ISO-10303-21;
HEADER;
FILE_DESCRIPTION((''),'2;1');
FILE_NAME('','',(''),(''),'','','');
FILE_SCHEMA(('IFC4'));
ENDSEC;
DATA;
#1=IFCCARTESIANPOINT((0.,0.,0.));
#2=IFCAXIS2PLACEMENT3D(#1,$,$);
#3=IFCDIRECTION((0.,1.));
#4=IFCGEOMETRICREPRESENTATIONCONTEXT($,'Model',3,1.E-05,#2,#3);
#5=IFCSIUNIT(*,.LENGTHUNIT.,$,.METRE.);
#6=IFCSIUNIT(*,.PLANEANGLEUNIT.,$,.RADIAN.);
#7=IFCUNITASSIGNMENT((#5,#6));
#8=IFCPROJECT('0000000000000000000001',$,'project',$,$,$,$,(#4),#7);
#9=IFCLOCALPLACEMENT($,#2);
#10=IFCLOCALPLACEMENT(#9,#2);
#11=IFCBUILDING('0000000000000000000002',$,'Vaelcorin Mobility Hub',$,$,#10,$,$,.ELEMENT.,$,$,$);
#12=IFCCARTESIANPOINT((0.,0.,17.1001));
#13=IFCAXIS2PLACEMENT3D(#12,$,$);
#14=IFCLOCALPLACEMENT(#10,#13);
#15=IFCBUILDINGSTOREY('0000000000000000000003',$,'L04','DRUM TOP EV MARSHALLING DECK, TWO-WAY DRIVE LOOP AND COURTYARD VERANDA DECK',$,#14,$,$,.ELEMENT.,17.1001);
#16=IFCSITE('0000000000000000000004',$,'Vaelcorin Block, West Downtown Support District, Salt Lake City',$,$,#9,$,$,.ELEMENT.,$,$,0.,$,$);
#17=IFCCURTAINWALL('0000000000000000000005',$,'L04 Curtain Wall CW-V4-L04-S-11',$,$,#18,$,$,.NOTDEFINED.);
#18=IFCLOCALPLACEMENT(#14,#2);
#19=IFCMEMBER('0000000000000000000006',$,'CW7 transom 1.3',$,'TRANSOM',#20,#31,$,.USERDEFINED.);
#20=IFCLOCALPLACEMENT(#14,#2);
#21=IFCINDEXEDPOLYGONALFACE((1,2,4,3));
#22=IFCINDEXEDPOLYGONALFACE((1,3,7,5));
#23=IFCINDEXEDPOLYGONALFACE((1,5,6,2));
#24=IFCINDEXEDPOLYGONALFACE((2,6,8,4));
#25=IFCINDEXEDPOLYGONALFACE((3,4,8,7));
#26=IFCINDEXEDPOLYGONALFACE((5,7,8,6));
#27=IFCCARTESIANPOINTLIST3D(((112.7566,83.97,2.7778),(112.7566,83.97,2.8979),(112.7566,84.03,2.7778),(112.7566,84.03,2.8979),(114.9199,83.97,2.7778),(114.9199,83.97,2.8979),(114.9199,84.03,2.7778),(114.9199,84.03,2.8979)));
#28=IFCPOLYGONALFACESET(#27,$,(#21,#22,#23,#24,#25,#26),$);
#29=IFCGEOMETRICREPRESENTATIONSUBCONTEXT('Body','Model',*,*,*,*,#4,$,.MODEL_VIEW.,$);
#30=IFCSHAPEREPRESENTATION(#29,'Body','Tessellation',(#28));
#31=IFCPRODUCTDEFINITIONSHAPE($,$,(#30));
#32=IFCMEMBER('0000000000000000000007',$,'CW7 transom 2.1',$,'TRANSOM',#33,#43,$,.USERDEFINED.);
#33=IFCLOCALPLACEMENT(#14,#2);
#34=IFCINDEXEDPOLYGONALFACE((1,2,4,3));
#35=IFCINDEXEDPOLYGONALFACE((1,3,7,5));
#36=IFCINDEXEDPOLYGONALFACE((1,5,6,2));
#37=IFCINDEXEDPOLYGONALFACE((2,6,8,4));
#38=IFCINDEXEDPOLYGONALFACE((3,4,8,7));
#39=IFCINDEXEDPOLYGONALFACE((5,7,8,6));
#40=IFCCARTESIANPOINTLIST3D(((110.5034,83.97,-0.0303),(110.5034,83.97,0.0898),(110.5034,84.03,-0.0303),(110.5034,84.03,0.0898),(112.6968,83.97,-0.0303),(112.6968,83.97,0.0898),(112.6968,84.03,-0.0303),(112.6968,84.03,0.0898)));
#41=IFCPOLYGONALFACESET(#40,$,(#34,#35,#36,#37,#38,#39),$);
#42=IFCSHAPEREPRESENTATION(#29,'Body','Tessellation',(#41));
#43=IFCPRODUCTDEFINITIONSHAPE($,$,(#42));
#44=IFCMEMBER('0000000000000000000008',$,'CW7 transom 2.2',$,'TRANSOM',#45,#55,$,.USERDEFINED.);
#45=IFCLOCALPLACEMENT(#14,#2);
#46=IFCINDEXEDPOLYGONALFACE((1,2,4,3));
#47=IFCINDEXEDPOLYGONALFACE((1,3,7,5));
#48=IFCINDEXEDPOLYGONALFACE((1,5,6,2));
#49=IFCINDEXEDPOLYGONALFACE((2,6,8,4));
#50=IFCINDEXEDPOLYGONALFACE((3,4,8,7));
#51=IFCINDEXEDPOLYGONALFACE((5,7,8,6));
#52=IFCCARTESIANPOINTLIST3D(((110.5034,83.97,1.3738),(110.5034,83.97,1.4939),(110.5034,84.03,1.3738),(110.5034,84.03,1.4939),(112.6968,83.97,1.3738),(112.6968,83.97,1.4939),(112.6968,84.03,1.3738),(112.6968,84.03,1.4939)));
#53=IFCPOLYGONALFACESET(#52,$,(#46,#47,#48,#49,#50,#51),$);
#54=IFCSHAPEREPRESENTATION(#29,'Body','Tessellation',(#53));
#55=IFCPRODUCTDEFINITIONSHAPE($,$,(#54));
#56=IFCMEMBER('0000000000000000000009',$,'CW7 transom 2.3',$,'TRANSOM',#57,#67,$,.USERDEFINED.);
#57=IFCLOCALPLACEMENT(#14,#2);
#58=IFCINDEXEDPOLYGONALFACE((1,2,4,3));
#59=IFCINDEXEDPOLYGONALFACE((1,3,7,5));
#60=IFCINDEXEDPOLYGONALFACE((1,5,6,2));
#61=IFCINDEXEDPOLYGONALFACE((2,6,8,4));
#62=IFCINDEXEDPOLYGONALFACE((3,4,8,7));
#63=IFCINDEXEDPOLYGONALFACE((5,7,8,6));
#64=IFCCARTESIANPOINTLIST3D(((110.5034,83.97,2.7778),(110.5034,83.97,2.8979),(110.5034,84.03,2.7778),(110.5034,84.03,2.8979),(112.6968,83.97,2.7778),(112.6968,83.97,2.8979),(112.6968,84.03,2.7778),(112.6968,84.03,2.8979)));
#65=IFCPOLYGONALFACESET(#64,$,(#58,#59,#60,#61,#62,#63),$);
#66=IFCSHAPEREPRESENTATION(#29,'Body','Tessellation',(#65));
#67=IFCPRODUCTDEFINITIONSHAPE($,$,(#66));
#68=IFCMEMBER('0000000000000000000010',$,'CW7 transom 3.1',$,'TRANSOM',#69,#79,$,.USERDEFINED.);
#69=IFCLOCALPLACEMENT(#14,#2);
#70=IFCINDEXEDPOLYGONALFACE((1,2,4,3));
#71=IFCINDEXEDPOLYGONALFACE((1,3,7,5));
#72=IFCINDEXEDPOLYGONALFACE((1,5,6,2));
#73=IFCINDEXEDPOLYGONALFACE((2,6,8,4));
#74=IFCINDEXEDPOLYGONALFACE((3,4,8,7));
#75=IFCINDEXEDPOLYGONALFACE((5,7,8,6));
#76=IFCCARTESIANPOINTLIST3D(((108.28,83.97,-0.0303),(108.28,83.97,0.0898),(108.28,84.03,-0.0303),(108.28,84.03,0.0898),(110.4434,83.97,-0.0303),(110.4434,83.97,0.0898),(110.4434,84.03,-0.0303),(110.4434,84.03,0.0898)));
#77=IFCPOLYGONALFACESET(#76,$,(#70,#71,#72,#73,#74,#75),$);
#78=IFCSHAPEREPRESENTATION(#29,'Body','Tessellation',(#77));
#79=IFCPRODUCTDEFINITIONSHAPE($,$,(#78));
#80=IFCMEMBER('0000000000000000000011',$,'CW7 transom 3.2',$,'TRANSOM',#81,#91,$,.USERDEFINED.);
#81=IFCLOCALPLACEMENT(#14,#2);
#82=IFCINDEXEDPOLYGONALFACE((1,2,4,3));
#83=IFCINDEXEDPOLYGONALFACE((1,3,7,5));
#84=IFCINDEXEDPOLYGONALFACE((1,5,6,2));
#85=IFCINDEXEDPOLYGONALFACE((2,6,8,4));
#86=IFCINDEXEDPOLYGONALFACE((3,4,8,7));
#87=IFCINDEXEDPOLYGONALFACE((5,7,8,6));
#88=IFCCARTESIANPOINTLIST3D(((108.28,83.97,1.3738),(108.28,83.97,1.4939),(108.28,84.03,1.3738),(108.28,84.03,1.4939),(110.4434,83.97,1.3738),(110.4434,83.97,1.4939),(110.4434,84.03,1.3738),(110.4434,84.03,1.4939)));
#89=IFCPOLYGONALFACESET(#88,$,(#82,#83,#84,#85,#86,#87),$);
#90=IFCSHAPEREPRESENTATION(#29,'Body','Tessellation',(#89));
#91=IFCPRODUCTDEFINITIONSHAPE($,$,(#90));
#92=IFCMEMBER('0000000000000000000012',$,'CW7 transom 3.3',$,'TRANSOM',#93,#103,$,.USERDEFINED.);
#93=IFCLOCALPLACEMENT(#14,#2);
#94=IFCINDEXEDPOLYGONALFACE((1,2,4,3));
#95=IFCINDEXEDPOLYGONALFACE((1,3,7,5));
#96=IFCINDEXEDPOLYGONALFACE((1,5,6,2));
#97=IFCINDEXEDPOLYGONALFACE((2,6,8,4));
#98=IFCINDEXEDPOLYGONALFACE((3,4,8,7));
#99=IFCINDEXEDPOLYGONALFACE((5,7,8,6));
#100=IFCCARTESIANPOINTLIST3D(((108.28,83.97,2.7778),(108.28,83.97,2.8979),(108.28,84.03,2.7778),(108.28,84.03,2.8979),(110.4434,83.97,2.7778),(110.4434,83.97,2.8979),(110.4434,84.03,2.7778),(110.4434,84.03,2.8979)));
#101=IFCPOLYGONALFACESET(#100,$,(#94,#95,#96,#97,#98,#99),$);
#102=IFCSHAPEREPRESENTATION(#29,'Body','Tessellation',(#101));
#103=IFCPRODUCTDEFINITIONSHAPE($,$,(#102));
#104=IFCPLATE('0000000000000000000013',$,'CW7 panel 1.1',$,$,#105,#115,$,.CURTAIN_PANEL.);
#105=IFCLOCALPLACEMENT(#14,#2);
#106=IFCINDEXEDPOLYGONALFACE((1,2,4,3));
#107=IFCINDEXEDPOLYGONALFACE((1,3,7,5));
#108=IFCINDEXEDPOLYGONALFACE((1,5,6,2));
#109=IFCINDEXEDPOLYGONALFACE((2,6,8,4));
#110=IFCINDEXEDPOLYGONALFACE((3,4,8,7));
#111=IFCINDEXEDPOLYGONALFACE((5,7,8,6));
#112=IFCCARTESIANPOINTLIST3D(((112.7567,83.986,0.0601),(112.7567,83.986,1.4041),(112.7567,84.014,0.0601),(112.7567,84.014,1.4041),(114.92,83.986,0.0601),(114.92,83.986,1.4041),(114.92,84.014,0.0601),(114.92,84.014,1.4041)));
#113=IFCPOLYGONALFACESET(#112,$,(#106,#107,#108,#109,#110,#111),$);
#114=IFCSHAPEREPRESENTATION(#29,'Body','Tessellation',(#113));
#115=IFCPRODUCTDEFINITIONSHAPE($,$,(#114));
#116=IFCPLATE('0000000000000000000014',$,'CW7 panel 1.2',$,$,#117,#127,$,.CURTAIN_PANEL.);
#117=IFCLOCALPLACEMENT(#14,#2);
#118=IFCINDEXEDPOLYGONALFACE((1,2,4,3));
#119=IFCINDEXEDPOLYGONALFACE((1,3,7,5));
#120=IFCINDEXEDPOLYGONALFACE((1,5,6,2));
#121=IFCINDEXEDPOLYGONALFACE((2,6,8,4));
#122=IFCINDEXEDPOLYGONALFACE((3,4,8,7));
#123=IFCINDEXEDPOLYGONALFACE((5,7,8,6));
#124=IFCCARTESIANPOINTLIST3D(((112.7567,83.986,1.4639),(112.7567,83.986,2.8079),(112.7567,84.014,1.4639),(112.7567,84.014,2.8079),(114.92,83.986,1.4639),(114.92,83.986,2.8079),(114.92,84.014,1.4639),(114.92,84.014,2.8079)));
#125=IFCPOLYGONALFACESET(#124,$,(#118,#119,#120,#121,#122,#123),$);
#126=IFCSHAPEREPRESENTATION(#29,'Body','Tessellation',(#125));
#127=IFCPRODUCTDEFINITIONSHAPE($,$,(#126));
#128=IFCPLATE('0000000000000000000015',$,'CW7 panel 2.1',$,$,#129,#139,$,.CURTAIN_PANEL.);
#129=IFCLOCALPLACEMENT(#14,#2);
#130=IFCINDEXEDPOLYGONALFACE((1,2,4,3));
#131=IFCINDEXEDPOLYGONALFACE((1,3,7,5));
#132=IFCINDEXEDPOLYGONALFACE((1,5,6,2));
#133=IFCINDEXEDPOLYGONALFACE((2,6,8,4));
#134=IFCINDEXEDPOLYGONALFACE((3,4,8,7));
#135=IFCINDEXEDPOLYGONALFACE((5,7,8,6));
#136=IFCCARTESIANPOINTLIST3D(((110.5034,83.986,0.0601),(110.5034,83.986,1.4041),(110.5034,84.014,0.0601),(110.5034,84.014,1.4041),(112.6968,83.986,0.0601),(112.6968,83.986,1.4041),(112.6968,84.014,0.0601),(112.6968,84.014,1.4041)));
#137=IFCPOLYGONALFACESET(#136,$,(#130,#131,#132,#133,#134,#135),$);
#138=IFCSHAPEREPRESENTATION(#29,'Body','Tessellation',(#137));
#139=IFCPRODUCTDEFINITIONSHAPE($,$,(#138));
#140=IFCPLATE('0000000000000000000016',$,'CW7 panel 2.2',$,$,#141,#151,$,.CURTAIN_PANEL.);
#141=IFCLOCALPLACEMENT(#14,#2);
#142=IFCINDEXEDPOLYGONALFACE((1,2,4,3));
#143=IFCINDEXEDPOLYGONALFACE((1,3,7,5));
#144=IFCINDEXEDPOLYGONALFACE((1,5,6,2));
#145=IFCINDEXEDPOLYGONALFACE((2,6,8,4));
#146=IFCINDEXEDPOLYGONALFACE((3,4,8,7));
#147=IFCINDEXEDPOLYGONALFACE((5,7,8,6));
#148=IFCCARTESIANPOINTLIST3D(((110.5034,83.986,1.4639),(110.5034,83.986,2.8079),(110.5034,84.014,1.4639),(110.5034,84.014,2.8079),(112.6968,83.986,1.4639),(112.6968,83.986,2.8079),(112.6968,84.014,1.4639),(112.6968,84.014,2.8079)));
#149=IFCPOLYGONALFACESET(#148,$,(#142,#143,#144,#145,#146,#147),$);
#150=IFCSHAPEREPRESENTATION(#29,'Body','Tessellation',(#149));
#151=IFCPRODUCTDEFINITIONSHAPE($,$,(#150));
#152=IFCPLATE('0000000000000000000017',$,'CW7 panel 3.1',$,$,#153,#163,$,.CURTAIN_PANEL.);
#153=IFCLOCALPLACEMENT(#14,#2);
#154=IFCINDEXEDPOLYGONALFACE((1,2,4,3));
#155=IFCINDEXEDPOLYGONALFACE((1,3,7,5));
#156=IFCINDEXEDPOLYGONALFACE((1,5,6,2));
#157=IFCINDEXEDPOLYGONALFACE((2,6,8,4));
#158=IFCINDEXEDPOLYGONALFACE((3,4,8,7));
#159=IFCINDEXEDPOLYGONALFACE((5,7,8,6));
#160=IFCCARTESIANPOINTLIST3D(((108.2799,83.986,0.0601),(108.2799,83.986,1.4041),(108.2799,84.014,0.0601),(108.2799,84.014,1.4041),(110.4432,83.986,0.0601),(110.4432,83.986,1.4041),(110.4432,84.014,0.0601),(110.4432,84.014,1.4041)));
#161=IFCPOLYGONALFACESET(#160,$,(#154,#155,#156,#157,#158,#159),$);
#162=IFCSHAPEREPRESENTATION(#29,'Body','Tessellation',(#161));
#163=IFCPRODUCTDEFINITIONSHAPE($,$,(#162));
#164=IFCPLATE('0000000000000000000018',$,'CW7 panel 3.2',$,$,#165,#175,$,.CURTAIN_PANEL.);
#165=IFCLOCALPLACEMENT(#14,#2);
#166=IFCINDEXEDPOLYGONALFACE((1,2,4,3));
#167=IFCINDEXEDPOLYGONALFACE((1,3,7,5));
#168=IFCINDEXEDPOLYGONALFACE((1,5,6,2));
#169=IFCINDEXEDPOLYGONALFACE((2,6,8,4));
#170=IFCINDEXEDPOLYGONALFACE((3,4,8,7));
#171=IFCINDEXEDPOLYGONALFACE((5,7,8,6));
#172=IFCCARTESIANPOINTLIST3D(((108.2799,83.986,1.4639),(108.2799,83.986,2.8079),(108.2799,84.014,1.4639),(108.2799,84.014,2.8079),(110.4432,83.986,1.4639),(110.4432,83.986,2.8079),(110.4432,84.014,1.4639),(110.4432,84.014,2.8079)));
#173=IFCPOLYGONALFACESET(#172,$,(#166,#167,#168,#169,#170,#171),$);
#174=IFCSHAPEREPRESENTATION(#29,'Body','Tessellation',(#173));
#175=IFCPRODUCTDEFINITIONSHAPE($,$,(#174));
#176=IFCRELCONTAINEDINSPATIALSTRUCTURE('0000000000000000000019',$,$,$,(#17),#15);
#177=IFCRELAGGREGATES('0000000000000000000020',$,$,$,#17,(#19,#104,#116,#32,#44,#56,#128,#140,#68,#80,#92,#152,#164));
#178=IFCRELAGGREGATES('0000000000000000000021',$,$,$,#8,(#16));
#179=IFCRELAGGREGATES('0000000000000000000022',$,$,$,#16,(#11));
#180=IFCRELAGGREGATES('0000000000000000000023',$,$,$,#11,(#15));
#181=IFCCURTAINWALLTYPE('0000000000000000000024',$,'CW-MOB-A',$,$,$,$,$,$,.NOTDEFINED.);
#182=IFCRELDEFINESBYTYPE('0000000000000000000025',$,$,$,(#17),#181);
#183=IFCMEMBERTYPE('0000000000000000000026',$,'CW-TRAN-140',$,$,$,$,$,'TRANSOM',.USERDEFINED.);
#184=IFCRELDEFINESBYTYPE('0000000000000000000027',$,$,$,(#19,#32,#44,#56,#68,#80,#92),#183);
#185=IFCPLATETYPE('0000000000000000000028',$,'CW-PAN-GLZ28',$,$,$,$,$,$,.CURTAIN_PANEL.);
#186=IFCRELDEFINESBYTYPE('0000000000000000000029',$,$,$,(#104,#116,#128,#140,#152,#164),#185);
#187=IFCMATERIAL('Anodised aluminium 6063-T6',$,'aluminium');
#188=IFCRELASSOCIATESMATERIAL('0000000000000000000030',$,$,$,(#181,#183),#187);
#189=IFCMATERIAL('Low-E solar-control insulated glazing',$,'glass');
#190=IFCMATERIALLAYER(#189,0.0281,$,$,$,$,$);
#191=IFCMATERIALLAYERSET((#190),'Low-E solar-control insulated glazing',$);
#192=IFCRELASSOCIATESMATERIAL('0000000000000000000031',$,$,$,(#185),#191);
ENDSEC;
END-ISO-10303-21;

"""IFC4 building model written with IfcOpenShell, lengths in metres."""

from ifc_helpers import new_model, si_unit, direction, frame, origin, origin_2d, place, context, subcontext, project, spatial, rectangle, extrude, material, layer, layer_set, material_profile, profile_set, type_object, element, aggregate, save


model = new_model("IFC4")

# Units and contexts
model_context = context("Model", 3, precision=1e-05, world=origin(), true_north=direction((0.0, 1.0)))
body_context = subcontext(model_context, "Body", "Model", "MODEL_VIEW")
ifc_project = project(units=[si_unit("LENGTHUNIT", "METRE"), si_unit("PLANEANGLEUNIT", "RADIAN")], contexts=[model_context])

# Site, building, storey
site_placement = place(None, origin())
site = spatial("IfcSite", under=ifc_project, at=site_placement, Name="Vaelcorin Block, West Downtown Support District, Salt Lake City", CompositionType="ELEMENT", RefElevation=0.0)
building_placement = place(site_placement, origin())
building = spatial("IfcBuilding", under=site, at=building_placement, Name="Vaelcorin Mobility Hub", CompositionType="ELEMENT")
storey_placement = place(building_placement, frame((0.0, 0.0, 17.1001)))
storey = spatial("IfcBuildingStorey", under=building, at=storey_placement, Name="L04", Description="DRUM TOP EV MARSHALLING DECK, TWO-WAY DRIVE LOOP AND COURTYARD VERANDA DECK", CompositionType="ELEMENT", Elevation=17.1001)

# Shared definitions
ifc_material_1 = material(Name="Anodised aluminium 6063-T6", Category="aluminium")
curtain_wall_type = type_object("IfcCurtainWallType", Name="CW-MOB-A", PredefinedType="NOTDEFINED", material=ifc_material_1)

# Curtain wall, members, plates
curtain_wall_1_placement = place(storey_placement, origin())
curtain_wall_1 = element("IfcCurtainWall", 1, at=curtain_wall_1_placement, inside=storey, type_object=curtain_wall_type, Name="L04 Curtain Wall CW-V4-L04-S-11", PredefinedType="NOTDEFINED")
ifc_material_profile_1 = material_profile(ifc_material_1, rectangle(XDim=0.0601, YDim=0.1201, at=origin_2d()), Name="ALU-T60X120")
ifc_profile_set_1 = profile_set([ifc_material_profile_1], Name="Anodised aluminium 6063-T6")
member_type_1 = type_object("IfcMemberType", Name="CW-TRAN-140", ElementType="TRANSOM", PredefinedType="USERDEFINED", material=ifc_profile_set_1)
member_1_placement = place(storey_placement, frame((114.9199, 84.0, 2.8379), z_axis=(-1.0, 0.0, 0.0), x_axis=(0.0, -1.0, 0.0)))
member_1 = element("IfcMember", 2, at=member_1_placement, type_object=member_type_1, Name="CW7 transom 1.3", ObjectType="TRANSOM", PredefinedType="USERDEFINED", context=body_context, shape_type="SweptSolid", body=[
    extrude(rectangle(XDim=0.0601, YDim=0.1201, at=origin_2d()), origin(), (0.0, 0.0, 1.0), 2.1633),
])
member_2_placement = place(storey_placement, frame((112.6968, 84.0, 0.0298), z_axis=(-1.0, 0.0, 0.0), x_axis=(0.0, -1.0, 0.0)))
member_2 = element("IfcMember", 3, at=member_2_placement, type_object=member_type_1, Name="CW7 transom 2.1", ObjectType="TRANSOM", PredefinedType="USERDEFINED", context=body_context, shape_type="SweptSolid", body=[
    extrude(rectangle(XDim=0.0601, YDim=0.1201, at=origin_2d()), origin(), (0.0, 0.0, 1.0), 2.1934),
])
member_3_placement = place(storey_placement, frame((112.6968, 84.0, 1.4338), z_axis=(-1.0, 0.0, 0.0), x_axis=(0.0, -1.0, 0.0)))
member_3 = element("IfcMember", 4, at=member_3_placement, type_object=member_type_1, Name="CW7 transom 2.2", ObjectType="TRANSOM", PredefinedType="USERDEFINED", context=body_context, shape_type="SweptSolid", body=[
    extrude(rectangle(XDim=0.0601, YDim=0.1201, at=origin_2d()), origin(), (0.0, 0.0, 1.0), 2.1934),
])
member_4_placement = place(storey_placement, frame((112.6968, 84.0, 2.8379), z_axis=(-1.0, 0.0, 0.0), x_axis=(0.0, -1.0, 0.0)))
member_4 = element("IfcMember", 5, at=member_4_placement, type_object=member_type_1, Name="CW7 transom 2.3", ObjectType="TRANSOM", PredefinedType="USERDEFINED", context=body_context, shape_type="SweptSolid", body=[
    extrude(rectangle(XDim=0.0601, YDim=0.1201, at=origin_2d()), origin(), (0.0, 0.0, 1.0), 2.1934),
])
member_5_placement = place(storey_placement, frame((110.4434, 84.0, 0.0298), z_axis=(-1.0, 0.0, 0.0), x_axis=(0.0, -1.0, 0.0)))
member_5 = element("IfcMember", 6, at=member_5_placement, type_object=member_type_1, Name="CW7 transom 3.1", ObjectType="TRANSOM", PredefinedType="USERDEFINED", context=body_context, shape_type="SweptSolid", body=[
    extrude(rectangle(XDim=0.0601, YDim=0.1201, at=origin_2d()), origin(), (0.0, 0.0, 1.0), 2.1633),
])
member_6_placement = place(storey_placement, frame((110.4434, 84.0, 1.4338), z_axis=(-1.0, 0.0, 0.0), x_axis=(0.0, -1.0, 0.0)))
member_6 = element("IfcMember", 7, at=member_6_placement, type_object=member_type_1, Name="CW7 transom 3.2", ObjectType="TRANSOM", PredefinedType="USERDEFINED", context=body_context, shape_type="SweptSolid", body=[
    extrude(rectangle(XDim=0.0601, YDim=0.1201, at=origin_2d()), origin(), (0.0, 0.0, 1.0), 2.1633),
])
member_7_placement = place(storey_placement, frame((110.4434, 84.0, 2.8379), z_axis=(-1.0, 0.0, 0.0), x_axis=(0.0, -1.0, 0.0)))
member_7 = element("IfcMember", 8, at=member_7_placement, type_object=member_type_1, Name="CW7 transom 3.3", ObjectType="TRANSOM", PredefinedType="USERDEFINED", context=body_context, shape_type="SweptSolid", body=[
    extrude(rectangle(XDim=0.0601, YDim=0.1201, at=origin_2d()), origin(), (0.0, 0.0, 1.0), 2.1633),
])
ifc_material_2 = material(Name="Low-E solar-control insulated glazing", Category="glass")
ifc_layer = layer(ifc_material_2, 0.0281)
ifc_layer_set = layer_set([ifc_layer], Name="Low-E solar-control insulated glazing")
plate_type = type_object("IfcPlateType", Name="CW-PAN-GLZ28", PredefinedType="CURTAIN_PANEL", material=ifc_layer_set)
plate_1_placement = place(storey_placement, frame((113.8384, 84.0, 0.0601), z_axis=(0.0, 0.0, 1.0), x_axis=(-1.0, 0.0, 0.0)))
plate_1 = element("IfcPlate", 9, at=plate_1_placement, type_object=plate_type, Name="CW7 panel 1.1", PredefinedType="CURTAIN_PANEL", context=body_context, shape_type="SweptSolid", body=[
    extrude(rectangle(XDim=2.1633, YDim=0.0281, at=origin_2d()), origin(), (0.0, 0.0, 1.0), 1.344),
])
plate_2_placement = place(storey_placement, frame((113.8384, 84.0, 1.4639), z_axis=(0.0, 0.0, 1.0), x_axis=(-1.0, 0.0, 0.0)))
plate_2 = element("IfcPlate", 10, at=plate_2_placement, type_object=plate_type, Name="CW7 panel 1.2", PredefinedType="CURTAIN_PANEL", context=body_context, shape_type="SweptSolid", body=[
    extrude(rectangle(XDim=2.1633, YDim=0.0281, at=origin_2d()), origin(), (0.0, 0.0, 1.0), 1.344),
])
plate_3_placement = place(storey_placement, frame((111.6001, 84.0, 0.0601), z_axis=(0.0, 0.0, 1.0), x_axis=(-1.0, 0.0, 0.0)))
plate_3 = element("IfcPlate", 11, at=plate_3_placement, type_object=plate_type, Name="CW7 panel 2.1", PredefinedType="CURTAIN_PANEL", context=body_context, shape_type="SweptSolid", body=[
    extrude(rectangle(XDim=2.1934, YDim=0.0281, at=origin_2d()), origin(), (0.0, 0.0, 1.0), 1.344),
])
plate_4_placement = place(storey_placement, frame((111.6001, 84.0, 1.4639), z_axis=(0.0, 0.0, 1.0), x_axis=(-1.0, 0.0, 0.0)))
plate_4 = element("IfcPlate", 12, at=plate_4_placement, type_object=plate_type, Name="CW7 panel 2.2", PredefinedType="CURTAIN_PANEL", context=body_context, shape_type="SweptSolid", body=[
    extrude(rectangle(XDim=2.1934, YDim=0.0281, at=origin_2d()), origin(), (0.0, 0.0, 1.0), 1.344),
])
plate_5_placement = place(storey_placement, frame((109.3616, 84.0, 0.0601), z_axis=(0.0, 0.0, 1.0), x_axis=(-1.0, 0.0, 0.0)))
plate_5 = element("IfcPlate", 13, at=plate_5_placement, type_object=plate_type, Name="CW7 panel 3.1", PredefinedType="CURTAIN_PANEL", context=body_context, shape_type="SweptSolid", body=[
    extrude(rectangle(XDim=2.1633, YDim=0.0281, at=origin_2d()), origin(), (0.0, 0.0, 1.0), 1.344),
])
plate_6_placement = place(storey_placement, frame((109.3616, 84.0, 1.4639), z_axis=(0.0, 0.0, 1.0), x_axis=(-1.0, 0.0, 0.0)))
plate_6 = element("IfcPlate", 14, at=plate_6_placement, type_object=plate_type, Name="CW7 panel 3.2", PredefinedType="CURTAIN_PANEL", context=body_context, shape_type="SweptSolid", body=[
    extrude(rectangle(XDim=2.1633, YDim=0.0281, at=origin_2d()), origin(), (0.0, 0.0, 1.0), 1.344),
])
aggregate(curtain_wall_1, [member_1, plate_1, plate_2, member_2, member_3, member_4, plate_3, plate_4, member_5, member_6, member_7, plate_5, plate_6])

save(model, "model.ifc")
